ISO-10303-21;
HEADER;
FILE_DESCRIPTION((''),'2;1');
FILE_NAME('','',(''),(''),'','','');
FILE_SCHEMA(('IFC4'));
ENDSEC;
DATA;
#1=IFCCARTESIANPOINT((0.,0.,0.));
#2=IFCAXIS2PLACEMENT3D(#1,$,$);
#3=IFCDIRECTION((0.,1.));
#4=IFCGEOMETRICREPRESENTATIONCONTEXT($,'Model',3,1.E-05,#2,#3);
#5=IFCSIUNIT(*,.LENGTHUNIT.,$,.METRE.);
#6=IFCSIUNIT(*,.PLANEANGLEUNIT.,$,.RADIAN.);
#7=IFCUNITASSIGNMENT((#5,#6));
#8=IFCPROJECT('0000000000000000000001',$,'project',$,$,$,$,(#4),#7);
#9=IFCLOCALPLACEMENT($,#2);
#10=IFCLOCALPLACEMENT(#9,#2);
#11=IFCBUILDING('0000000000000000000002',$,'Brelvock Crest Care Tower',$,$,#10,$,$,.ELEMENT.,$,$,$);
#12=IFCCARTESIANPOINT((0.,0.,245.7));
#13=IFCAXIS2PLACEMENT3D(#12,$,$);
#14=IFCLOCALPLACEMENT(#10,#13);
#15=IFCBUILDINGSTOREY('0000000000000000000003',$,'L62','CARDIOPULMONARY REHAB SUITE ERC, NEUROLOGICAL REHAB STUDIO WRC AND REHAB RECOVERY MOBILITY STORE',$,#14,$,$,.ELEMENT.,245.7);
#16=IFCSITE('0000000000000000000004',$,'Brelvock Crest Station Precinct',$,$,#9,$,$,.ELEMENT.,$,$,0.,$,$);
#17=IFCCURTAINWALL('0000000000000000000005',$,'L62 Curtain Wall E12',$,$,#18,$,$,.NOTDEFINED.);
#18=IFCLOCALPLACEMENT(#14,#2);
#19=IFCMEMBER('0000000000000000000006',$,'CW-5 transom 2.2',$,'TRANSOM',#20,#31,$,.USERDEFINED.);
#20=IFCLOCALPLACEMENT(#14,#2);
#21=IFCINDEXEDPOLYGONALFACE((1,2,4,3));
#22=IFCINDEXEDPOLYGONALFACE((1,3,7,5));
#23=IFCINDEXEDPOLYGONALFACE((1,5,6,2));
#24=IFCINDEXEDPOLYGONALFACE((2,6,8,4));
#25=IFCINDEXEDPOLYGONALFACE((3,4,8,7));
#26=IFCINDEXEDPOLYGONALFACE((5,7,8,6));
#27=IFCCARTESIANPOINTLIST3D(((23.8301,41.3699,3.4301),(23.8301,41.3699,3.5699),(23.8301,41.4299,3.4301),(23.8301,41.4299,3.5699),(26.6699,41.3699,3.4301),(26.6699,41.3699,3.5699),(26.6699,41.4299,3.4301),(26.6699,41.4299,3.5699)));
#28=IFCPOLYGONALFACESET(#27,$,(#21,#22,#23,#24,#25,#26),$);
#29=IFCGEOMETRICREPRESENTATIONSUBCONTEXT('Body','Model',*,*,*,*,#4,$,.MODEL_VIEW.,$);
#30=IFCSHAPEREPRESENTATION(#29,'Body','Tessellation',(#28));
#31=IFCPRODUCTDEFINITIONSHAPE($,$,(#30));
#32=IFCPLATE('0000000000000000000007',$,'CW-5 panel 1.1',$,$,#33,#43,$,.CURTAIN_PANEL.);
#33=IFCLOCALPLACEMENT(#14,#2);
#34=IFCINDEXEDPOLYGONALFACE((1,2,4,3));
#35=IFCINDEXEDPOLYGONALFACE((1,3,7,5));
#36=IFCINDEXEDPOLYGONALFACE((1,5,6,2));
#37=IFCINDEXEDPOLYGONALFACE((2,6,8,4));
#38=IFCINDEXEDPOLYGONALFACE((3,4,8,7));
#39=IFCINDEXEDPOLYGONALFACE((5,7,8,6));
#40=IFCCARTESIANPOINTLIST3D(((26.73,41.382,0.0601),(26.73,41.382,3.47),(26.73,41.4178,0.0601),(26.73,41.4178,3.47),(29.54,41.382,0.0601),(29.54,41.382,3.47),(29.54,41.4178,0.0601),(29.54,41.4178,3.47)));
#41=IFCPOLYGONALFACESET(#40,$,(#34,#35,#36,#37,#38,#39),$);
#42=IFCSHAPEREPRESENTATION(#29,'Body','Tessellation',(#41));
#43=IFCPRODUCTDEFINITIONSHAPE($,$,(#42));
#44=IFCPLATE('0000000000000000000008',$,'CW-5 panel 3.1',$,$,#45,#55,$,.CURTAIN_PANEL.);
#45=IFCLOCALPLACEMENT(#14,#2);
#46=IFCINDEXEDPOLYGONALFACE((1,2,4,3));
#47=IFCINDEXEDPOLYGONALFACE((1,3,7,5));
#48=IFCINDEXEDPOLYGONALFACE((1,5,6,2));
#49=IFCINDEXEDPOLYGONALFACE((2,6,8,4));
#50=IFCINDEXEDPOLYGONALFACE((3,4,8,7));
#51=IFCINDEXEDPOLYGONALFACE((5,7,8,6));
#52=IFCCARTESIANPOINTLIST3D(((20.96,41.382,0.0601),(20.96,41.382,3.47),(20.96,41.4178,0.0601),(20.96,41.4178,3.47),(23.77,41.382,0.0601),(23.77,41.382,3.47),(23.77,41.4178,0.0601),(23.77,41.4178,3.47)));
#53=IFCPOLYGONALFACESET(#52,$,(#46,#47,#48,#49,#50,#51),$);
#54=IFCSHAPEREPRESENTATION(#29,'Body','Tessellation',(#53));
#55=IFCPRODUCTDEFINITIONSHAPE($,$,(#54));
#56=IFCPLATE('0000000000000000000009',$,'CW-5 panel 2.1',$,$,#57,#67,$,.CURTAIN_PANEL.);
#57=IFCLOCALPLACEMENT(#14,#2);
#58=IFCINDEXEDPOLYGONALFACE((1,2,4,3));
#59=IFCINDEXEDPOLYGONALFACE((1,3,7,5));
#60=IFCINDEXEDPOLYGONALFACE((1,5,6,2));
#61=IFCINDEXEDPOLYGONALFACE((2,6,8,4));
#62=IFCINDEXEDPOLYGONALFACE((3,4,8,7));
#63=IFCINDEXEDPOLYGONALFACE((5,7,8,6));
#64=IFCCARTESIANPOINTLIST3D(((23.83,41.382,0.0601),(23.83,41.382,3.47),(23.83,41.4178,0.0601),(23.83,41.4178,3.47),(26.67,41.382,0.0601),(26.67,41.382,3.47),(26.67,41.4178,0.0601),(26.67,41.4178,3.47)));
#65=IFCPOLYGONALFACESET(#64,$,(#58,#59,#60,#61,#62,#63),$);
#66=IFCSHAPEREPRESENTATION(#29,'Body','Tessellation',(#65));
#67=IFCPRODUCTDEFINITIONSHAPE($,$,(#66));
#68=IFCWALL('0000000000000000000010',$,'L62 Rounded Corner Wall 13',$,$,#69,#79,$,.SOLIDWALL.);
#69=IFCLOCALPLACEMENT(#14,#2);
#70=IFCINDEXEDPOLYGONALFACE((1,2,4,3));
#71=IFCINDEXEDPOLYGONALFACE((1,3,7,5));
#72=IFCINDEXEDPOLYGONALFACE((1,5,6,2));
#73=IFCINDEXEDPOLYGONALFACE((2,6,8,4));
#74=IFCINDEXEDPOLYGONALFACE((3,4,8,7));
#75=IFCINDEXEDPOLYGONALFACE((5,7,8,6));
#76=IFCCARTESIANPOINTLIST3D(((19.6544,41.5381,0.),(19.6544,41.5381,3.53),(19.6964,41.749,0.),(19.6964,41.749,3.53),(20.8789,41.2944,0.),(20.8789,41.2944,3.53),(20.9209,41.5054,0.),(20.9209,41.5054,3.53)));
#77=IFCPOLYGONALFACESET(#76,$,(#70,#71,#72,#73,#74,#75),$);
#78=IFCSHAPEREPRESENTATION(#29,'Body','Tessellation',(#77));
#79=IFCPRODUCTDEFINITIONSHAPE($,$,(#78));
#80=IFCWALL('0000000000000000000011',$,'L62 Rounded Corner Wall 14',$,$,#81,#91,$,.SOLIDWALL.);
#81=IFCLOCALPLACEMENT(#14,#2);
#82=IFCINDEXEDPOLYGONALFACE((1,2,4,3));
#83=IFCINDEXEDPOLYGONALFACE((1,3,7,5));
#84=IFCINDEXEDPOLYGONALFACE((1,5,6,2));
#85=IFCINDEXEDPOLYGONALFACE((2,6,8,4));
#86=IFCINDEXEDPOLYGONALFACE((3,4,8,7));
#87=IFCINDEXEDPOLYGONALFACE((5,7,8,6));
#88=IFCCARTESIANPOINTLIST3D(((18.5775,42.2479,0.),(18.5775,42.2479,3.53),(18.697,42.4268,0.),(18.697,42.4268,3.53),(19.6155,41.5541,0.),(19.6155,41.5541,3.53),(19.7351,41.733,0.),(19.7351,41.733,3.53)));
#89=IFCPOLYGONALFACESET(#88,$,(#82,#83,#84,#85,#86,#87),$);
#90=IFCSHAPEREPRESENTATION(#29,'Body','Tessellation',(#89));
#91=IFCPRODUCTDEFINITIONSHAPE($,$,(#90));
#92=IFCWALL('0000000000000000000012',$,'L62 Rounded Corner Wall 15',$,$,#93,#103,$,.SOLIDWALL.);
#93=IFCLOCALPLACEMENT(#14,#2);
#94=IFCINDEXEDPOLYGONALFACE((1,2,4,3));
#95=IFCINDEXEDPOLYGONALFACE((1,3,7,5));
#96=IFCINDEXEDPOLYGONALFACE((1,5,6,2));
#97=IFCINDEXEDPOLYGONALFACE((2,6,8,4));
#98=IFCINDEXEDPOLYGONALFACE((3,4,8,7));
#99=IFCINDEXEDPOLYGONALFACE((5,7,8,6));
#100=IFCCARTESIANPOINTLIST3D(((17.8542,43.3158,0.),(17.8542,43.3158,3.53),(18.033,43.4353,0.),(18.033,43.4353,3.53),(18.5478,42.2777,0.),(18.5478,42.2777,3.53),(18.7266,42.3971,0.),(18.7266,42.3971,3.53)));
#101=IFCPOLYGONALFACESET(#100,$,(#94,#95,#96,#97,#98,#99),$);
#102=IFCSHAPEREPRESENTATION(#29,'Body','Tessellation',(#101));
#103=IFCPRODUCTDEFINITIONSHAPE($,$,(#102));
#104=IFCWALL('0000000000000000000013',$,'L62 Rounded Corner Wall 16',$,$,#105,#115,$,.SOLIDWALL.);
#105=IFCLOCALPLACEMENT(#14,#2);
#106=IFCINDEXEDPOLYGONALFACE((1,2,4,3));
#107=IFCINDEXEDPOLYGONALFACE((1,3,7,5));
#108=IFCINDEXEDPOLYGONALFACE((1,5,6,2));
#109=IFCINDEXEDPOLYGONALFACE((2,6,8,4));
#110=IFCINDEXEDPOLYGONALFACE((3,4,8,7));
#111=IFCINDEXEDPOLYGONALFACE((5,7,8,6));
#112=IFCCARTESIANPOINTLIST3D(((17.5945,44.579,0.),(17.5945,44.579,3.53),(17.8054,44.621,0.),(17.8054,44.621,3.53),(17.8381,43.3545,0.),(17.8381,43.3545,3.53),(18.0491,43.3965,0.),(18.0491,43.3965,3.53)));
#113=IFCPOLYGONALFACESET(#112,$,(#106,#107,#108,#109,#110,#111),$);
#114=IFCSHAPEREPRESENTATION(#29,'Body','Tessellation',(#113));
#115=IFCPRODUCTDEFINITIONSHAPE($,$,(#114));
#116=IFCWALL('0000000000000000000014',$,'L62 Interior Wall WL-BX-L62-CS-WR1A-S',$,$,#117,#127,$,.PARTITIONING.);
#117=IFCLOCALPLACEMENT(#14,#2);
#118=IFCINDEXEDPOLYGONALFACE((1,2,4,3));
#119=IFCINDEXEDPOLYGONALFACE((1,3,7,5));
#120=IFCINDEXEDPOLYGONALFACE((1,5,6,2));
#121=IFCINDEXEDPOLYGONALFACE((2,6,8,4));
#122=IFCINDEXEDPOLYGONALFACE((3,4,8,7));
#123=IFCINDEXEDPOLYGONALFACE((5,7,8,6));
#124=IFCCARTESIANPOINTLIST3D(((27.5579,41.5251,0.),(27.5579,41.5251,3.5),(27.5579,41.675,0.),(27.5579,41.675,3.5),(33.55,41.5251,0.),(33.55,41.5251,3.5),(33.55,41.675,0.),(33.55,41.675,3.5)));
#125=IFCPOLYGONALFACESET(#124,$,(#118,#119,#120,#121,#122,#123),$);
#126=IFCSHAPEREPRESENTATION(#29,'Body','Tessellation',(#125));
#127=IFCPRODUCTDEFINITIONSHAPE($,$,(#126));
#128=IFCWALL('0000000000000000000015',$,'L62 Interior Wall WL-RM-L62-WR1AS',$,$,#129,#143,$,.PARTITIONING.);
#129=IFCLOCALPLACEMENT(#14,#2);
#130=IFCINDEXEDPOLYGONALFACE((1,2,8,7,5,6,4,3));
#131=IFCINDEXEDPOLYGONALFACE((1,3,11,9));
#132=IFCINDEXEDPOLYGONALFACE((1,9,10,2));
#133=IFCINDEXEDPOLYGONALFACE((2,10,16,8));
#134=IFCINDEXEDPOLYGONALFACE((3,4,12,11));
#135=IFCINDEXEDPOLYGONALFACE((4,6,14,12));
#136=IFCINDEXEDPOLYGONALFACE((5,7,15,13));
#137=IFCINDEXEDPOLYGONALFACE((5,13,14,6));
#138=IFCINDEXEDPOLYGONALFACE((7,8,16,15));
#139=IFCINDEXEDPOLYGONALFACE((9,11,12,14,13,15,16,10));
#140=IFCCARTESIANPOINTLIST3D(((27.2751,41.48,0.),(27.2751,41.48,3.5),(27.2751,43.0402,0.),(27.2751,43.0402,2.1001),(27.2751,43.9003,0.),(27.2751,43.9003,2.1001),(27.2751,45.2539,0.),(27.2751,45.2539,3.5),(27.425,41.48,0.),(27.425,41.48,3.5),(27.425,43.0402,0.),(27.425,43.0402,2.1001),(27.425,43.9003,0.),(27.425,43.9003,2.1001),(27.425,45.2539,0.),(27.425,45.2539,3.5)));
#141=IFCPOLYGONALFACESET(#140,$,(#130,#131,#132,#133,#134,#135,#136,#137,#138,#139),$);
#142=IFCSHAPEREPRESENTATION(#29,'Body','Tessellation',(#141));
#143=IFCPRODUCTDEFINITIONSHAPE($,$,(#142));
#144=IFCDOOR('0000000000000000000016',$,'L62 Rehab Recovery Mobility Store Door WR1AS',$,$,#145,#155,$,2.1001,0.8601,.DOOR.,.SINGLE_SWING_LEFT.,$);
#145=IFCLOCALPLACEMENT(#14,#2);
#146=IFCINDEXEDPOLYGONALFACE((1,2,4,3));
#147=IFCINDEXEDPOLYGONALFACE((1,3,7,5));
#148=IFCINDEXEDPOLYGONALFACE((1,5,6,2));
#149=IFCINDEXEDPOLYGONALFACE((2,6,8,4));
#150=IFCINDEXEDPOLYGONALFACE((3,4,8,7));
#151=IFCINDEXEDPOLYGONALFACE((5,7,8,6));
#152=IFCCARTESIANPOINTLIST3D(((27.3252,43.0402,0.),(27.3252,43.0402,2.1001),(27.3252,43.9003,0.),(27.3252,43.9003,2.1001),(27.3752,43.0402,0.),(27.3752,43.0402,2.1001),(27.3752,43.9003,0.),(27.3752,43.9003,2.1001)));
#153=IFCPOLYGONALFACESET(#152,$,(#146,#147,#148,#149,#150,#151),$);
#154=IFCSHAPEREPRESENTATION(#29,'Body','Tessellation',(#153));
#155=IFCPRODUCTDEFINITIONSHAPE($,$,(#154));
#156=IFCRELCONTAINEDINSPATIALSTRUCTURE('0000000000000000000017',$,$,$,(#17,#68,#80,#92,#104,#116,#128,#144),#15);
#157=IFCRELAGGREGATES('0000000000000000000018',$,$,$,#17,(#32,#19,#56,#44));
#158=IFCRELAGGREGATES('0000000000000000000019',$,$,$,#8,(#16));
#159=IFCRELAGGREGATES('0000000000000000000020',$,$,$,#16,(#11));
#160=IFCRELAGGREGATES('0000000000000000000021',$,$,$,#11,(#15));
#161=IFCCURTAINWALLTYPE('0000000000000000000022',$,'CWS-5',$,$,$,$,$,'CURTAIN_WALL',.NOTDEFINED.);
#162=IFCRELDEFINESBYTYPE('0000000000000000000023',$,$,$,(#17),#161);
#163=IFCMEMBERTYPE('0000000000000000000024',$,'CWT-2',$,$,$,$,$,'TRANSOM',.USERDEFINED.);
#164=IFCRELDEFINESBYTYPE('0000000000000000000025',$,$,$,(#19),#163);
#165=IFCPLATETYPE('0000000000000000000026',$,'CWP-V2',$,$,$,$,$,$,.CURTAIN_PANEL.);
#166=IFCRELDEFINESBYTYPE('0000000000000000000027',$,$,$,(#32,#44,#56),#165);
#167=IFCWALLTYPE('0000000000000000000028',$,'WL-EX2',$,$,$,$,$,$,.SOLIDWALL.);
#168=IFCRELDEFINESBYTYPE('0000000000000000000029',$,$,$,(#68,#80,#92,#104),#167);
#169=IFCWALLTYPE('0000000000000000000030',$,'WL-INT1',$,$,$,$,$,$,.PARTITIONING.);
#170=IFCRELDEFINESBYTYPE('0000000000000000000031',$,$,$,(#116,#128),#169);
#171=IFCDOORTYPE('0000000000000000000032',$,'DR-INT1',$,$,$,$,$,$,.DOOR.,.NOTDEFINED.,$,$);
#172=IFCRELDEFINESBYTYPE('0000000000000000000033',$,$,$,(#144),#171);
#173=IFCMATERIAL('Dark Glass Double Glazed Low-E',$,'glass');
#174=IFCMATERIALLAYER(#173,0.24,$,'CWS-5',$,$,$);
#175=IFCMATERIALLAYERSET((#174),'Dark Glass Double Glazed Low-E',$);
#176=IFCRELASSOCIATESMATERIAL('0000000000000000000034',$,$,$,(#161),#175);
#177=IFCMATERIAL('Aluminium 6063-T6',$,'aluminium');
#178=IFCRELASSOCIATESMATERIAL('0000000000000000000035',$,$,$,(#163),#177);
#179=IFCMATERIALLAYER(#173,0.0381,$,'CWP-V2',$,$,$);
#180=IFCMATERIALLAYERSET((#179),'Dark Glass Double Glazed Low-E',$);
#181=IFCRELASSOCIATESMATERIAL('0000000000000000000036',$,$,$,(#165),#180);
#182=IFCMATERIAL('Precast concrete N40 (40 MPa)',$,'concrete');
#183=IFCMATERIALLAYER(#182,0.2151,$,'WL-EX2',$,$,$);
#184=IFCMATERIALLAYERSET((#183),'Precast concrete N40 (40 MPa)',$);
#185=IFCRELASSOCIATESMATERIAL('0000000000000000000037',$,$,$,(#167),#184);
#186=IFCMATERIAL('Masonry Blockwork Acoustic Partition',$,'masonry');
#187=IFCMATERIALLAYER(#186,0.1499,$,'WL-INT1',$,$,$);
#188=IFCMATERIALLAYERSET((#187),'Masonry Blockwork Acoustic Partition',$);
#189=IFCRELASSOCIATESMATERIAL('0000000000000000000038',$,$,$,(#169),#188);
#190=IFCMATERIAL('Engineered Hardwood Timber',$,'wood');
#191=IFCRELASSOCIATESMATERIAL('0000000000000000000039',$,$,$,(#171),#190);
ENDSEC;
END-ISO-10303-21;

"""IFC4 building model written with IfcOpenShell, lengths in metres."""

from ifc_helpers import new_model, si_unit, direction, frame, frame_2d, origin, origin_2d, place, context, subcontext, project, spatial, rectangle, extrude, source, transform, mapped, material, layer, layer_set, material_profile, profile_set, type_object, element, fill, aggregate, save


model = new_model("IFC4")

# Units and contexts
model_context = context("Model", 3, precision=1e-05, world=origin(), true_north=direction((0.0, 1.0)))
body_context = subcontext(model_context, "Body", "Model", "MODEL_VIEW")
ifc_project = project(units=[si_unit("LENGTHUNIT", "METRE"), si_unit("PLANEANGLEUNIT", "RADIAN")], contexts=[model_context])

# Site, building, storey
site_placement = place(None, origin())
site = spatial("IfcSite", under=ifc_project, at=site_placement, Name="Brelvock Crest Station Precinct", CompositionType="ELEMENT", RefElevation=0.0)
building_placement = place(site_placement, origin())
building = spatial("IfcBuilding", under=site, at=building_placement, Name="Brelvock Crest Care Tower", CompositionType="ELEMENT")
storey_placement = place(building_placement, frame((0.0, 0.0, 245.7)))
storey = spatial("IfcBuildingStorey", under=building, at=storey_placement, Name="L62", Description="CARDIOPULMONARY REHAB SUITE ERC, NEUROLOGICAL REHAB STUDIO WRC AND REHAB RECOVERY MOBILITY STORE", CompositionType="ELEMENT", Elevation=245.7)

# Shared definitions
ifc_material_1 = material(Name="Dark Glass Double Glazed Low-E", Category="glass")
ifc_layer_1 = layer(ifc_material_1, 0.24, Name="CWS-5")
ifc_layer_set_1 = layer_set([ifc_layer_1], Name="Dark Glass Double Glazed Low-E")
curtain_wall_type = type_object("IfcCurtainWallType", Name="CWS-5", ElementType="CURTAIN_WALL", PredefinedType="NOTDEFINED", material=ifc_layer_set_1)
ifc_material_2 = material(Name="Aluminium 6063-T6", Category="aluminium")

# Curtain wall, member, plates
curtain_wall_1_placement = place(storey_placement, origin())
curtain_wall_1 = element("IfcCurtainWall", 1, at=curtain_wall_1_placement, inside=storey, type_object=curtain_wall_type, Name="L62 Curtain Wall E12", PredefinedType="NOTDEFINED")
ifc_material_profile_1 = material_profile(ifc_material_2, rectangle(XDim=0.0601, YDim=0.1399, at=origin_2d()), Name="ALU60x140")
ifc_profile_set_1 = profile_set([ifc_material_profile_1], Name="Aluminium 6063-T6")
member_type_1 = type_object("IfcMemberType", Name="CWT-2", ElementType="TRANSOM", PredefinedType="USERDEFINED", material=ifc_profile_set_1)
shared_shape_1 = source(origin(), body_context, "Body", "SweptSolid", [
    extrude(rectangle(XDim=0.0601, YDim=0.1399, at=origin_2d()), origin(), (0.0, 0.0, 1.0), 2.8398),
])
member_1_placement = place(storey_placement, frame((26.6699, 41.3999, 3.5), z_axis=(-1.0, 0.0, 0.0), x_axis=(0.0, -1.0, 0.0)))
member_1 = element("IfcMember", 2, at=member_1_placement, type_object=member_type_1, Name="CW-5 transom 2.2", ObjectType="TRANSOM", PredefinedType="USERDEFINED", context=body_context, shape_type="MappedRepresentation", body=[
    mapped(shared_shape_1, transform((0.0, 0.0, 0.0), x_axis=(1.0, 0.0, 0.0), y_axis=(0.0, 1.0, 0.0), z_axis=(0.0, 0.0, 1.0), scale=1.0)),
])
ifc_layer_2 = layer(ifc_material_1, 0.0381, Name="CWP-V2")
ifc_layer_set_2 = layer_set([ifc_layer_2], Name="Dark Glass Double Glazed Low-E")
plate_type = type_object("IfcPlateType", Name="CWP-V2", PredefinedType="CURTAIN_PANEL", material=ifc_layer_set_2)
shared_shape_2 = source(origin(), body_context, "Body", "SweptSolid", [
    extrude(rectangle(XDim=2.8101, YDim=0.0359, at=origin_2d()), origin(), (0.0, 0.0, 1.0), 3.4099),
])
plate_1_placement = place(storey_placement, frame((28.135, 41.3999, 0.0601), z_axis=(0.0, 0.0, 1.0), x_axis=(-1.0, 0.0, 0.0)))
plate_1 = element("IfcPlate", 3, at=plate_1_placement, type_object=plate_type, Name="CW-5 panel 1.1", PredefinedType="CURTAIN_PANEL", context=body_context, shape_type="MappedRepresentation", body=[
    mapped(shared_shape_2, transform((0.0, 0.0, 0.0), x_axis=(1.0, 0.0, 0.0), y_axis=(0.0, 1.0, 0.0), z_axis=(0.0, 0.0, 1.0), scale=1.0)),
])
plate_2_placement = place(storey_placement, frame((22.365, 41.3999, 0.0601), z_axis=(0.0, 0.0, 1.0), x_axis=(-1.0, 0.0, 0.0)))
plate_2 = element("IfcPlate", 4, at=plate_2_placement, type_object=plate_type, Name="CW-5 panel 3.1", PredefinedType="CURTAIN_PANEL", context=body_context, shape_type="MappedRepresentation", body=[
    mapped(shared_shape_2, transform((0.0, 0.0, 0.0), x_axis=(1.0, 0.0, 0.0), y_axis=(0.0, 1.0, 0.0), z_axis=(0.0, 0.0, 1.0), scale=1.0)),
])
shared_shape_3 = source(origin(), body_context, "Body", "SweptSolid", [
    extrude(rectangle(XDim=2.8401, YDim=0.0359, at=origin_2d()), origin(), (0.0, 0.0, 1.0), 3.4099),
])
plate_3_placement = place(storey_placement, frame((25.25, 41.3999, 0.0601), z_axis=(0.0, 0.0, 1.0), x_axis=(-1.0, 0.0, 0.0)))
plate_3 = element("IfcPlate", 5, at=plate_3_placement, type_object=plate_type, Name="CW-5 panel 2.1", PredefinedType="CURTAIN_PANEL", context=body_context, shape_type="MappedRepresentation", body=[
    mapped(shared_shape_3, transform((0.0, 0.0, 0.0), x_axis=(1.0, 0.0, 0.0), y_axis=(0.0, 1.0, 0.0), z_axis=(0.0, 0.0, 1.0), scale=1.0)),
])
aggregate(curtain_wall_1, [plate_1, member_1, plate_3, plate_2])

# Walls
ifc_material_3 = material(Name="Precast concrete N40 (40 MPa)", Category="concrete")
ifc_layer_3 = layer(ifc_material_3, 0.2151, Name="WL-EX2")
ifc_layer_set_3 = layer_set([ifc_layer_3], Name="Precast concrete N40 (40 MPa)")
wall_type_1 = type_object("IfcWallType", Name="WL-EX2", PredefinedType="SOLIDWALL", material=ifc_layer_set_3)
for number, where, z_axis, x_axis, name in (
    (6, (20.8999, 41.3999, 0.0), (0.0, 0.0, 1.0), (-0.980776, 0.195138, 0.0), "L62 Rounded Corner Wall 13"),
    (7, (19.6753, 41.6436, 0.0), (0.0, 0.0, 1.0), (-0.831388, 0.555692, 0.0), "L62 Rounded Corner Wall 14"),
    (8, (18.6372, 42.3374, 0.0), (0.0, 0.0, 1.0), (-0.555557, 0.831478, 0.0), "L62 Rounded Corner Wall 15"),
    (9, (17.9436, 43.3755, 0.0), (0.0, 0.0, 1.0), (-0.195138, 0.980776, 0.0), "L62 Rounded Corner Wall 16"),
):
    element("IfcWall", number, at=place(storey_placement, frame(where, z_axis=z_axis, x_axis=x_axis)), inside=storey, type_object=wall_type_1, Name=name, PredefinedType="SOLIDWALL", context=body_context, shape_type="SweptSolid", body=[
        extrude(rectangle(XDim=1.2485, YDim=0.2151, at=frame_2d((0.6243, 0.0))), origin(), (0.0, 0.0, 1.0), 3.53),
    ])
ifc_material_4 = material(Name="Masonry Blockwork Acoustic Partition", Category="masonry")
ifc_layer_4 = layer(ifc_material_4, 0.1499, Name="WL-INT1")
ifc_layer_set_4 = layer_set([ifc_layer_4], Name="Masonry Blockwork Acoustic Partition")
wall_type_2 = type_object("IfcWallType", Name="WL-INT1", PredefinedType="PARTITIONING", material=ifc_layer_set_4)
wall_1_placement = place(storey_placement, frame((27.5579, 41.6001, 0.0), z_axis=(0.0, 0.0, 1.0), x_axis=(1.0, 0.0, 0.0)))
element("IfcWall", 10, at=wall_1_placement, inside=storey, type_object=wall_type_2, Name="L62 Interior Wall WL-BX-L62-CS-WR1A-S", PredefinedType="PARTITIONING", context=body_context, shape_type="SweptSolid", body=[
    extrude(rectangle(XDim=5.9922, YDim=0.1499, at=frame_2d((2.9961, 0.0))), origin(), (0.0, 0.0, 1.0), 3.5),
])

# Wall, opening, door
wall_2_placement = place(storey_placement, frame((27.3501, 41.48, 0.0), z_axis=(0.0, 0.0, 1.0), x_axis=(0.0, 1.0, 0.0)))
wall_2 = element("IfcWall", 11, at=wall_2_placement, inside=storey, type_object=wall_type_2, Name="L62 Interior Wall WL-RM-L62-WR1AS", PredefinedType="PARTITIONING", context=body_context, shape_type="SweptSolid", body=[
    extrude(rectangle(XDim=3.7739, YDim=0.1499, at=frame_2d((1.887, 0.0))), origin(), (0.0, 0.0, 1.0), 3.5),
])
opening_1_placement = place(wall_2_placement, frame((1.5601, 0.0, 0.0)))
opening_1 = element("IfcOpeningElement", 12, at=opening_1_placement, cuts=wall_2, PredefinedType="OPENING", context=body_context, shape_type="SweptSolid", body=[
    extrude(rectangle(XDim=0.8601, YDim=2.1001, at=origin_2d()), frame((0.4302, 0.085, 1.05), z_axis=(0.0, -1.0, 0.0), x_axis=(1.0, 0.0, 0.0)), (0.0, 0.0, 1.0), 0.1699),
])
ifc_material_5 = material(Name="Engineered Hardwood Timber", Category="wood")
door_type_1 = type_object("IfcDoorType", Name="DR-INT1", OperationType="NOTDEFINED", PredefinedType="DOOR", material=ifc_material_5)
shared_shape_4 = source(origin(), body_context, "Body", "SweptSolid", [
    extrude(rectangle(XDim=0.8601, YDim=2.1001, at=origin_2d()), frame((0.4302, 0.0249, 1.05), z_axis=(0.0, -1.0, 0.0), x_axis=(1.0, 0.0, 0.0)), (0.0, 0.0, 1.0), 0.05),
])
door_1_placement = place(opening_1_placement, origin())
door_1 = element("IfcDoor", 13, at=door_1_placement, inside=storey, type_object=door_type_1, Name="L62 Rehab Recovery Mobility Store Door WR1AS", OperationType="SINGLE_SWING_LEFT", OverallHeight=2.1001, OverallWidth=0.8601, PredefinedType="DOOR", context=body_context, shape_type="MappedRepresentation", body=[
    mapped(shared_shape_4, transform((0.0, 0.0, 0.0), x_axis=(1.0, 0.0, 0.0), y_axis=(0.0, 1.0, 0.0), z_axis=(0.0, 0.0, 1.0), scale=1.0)),
])
fill(opening_1, door_1)

save(model, "model.ifc")
